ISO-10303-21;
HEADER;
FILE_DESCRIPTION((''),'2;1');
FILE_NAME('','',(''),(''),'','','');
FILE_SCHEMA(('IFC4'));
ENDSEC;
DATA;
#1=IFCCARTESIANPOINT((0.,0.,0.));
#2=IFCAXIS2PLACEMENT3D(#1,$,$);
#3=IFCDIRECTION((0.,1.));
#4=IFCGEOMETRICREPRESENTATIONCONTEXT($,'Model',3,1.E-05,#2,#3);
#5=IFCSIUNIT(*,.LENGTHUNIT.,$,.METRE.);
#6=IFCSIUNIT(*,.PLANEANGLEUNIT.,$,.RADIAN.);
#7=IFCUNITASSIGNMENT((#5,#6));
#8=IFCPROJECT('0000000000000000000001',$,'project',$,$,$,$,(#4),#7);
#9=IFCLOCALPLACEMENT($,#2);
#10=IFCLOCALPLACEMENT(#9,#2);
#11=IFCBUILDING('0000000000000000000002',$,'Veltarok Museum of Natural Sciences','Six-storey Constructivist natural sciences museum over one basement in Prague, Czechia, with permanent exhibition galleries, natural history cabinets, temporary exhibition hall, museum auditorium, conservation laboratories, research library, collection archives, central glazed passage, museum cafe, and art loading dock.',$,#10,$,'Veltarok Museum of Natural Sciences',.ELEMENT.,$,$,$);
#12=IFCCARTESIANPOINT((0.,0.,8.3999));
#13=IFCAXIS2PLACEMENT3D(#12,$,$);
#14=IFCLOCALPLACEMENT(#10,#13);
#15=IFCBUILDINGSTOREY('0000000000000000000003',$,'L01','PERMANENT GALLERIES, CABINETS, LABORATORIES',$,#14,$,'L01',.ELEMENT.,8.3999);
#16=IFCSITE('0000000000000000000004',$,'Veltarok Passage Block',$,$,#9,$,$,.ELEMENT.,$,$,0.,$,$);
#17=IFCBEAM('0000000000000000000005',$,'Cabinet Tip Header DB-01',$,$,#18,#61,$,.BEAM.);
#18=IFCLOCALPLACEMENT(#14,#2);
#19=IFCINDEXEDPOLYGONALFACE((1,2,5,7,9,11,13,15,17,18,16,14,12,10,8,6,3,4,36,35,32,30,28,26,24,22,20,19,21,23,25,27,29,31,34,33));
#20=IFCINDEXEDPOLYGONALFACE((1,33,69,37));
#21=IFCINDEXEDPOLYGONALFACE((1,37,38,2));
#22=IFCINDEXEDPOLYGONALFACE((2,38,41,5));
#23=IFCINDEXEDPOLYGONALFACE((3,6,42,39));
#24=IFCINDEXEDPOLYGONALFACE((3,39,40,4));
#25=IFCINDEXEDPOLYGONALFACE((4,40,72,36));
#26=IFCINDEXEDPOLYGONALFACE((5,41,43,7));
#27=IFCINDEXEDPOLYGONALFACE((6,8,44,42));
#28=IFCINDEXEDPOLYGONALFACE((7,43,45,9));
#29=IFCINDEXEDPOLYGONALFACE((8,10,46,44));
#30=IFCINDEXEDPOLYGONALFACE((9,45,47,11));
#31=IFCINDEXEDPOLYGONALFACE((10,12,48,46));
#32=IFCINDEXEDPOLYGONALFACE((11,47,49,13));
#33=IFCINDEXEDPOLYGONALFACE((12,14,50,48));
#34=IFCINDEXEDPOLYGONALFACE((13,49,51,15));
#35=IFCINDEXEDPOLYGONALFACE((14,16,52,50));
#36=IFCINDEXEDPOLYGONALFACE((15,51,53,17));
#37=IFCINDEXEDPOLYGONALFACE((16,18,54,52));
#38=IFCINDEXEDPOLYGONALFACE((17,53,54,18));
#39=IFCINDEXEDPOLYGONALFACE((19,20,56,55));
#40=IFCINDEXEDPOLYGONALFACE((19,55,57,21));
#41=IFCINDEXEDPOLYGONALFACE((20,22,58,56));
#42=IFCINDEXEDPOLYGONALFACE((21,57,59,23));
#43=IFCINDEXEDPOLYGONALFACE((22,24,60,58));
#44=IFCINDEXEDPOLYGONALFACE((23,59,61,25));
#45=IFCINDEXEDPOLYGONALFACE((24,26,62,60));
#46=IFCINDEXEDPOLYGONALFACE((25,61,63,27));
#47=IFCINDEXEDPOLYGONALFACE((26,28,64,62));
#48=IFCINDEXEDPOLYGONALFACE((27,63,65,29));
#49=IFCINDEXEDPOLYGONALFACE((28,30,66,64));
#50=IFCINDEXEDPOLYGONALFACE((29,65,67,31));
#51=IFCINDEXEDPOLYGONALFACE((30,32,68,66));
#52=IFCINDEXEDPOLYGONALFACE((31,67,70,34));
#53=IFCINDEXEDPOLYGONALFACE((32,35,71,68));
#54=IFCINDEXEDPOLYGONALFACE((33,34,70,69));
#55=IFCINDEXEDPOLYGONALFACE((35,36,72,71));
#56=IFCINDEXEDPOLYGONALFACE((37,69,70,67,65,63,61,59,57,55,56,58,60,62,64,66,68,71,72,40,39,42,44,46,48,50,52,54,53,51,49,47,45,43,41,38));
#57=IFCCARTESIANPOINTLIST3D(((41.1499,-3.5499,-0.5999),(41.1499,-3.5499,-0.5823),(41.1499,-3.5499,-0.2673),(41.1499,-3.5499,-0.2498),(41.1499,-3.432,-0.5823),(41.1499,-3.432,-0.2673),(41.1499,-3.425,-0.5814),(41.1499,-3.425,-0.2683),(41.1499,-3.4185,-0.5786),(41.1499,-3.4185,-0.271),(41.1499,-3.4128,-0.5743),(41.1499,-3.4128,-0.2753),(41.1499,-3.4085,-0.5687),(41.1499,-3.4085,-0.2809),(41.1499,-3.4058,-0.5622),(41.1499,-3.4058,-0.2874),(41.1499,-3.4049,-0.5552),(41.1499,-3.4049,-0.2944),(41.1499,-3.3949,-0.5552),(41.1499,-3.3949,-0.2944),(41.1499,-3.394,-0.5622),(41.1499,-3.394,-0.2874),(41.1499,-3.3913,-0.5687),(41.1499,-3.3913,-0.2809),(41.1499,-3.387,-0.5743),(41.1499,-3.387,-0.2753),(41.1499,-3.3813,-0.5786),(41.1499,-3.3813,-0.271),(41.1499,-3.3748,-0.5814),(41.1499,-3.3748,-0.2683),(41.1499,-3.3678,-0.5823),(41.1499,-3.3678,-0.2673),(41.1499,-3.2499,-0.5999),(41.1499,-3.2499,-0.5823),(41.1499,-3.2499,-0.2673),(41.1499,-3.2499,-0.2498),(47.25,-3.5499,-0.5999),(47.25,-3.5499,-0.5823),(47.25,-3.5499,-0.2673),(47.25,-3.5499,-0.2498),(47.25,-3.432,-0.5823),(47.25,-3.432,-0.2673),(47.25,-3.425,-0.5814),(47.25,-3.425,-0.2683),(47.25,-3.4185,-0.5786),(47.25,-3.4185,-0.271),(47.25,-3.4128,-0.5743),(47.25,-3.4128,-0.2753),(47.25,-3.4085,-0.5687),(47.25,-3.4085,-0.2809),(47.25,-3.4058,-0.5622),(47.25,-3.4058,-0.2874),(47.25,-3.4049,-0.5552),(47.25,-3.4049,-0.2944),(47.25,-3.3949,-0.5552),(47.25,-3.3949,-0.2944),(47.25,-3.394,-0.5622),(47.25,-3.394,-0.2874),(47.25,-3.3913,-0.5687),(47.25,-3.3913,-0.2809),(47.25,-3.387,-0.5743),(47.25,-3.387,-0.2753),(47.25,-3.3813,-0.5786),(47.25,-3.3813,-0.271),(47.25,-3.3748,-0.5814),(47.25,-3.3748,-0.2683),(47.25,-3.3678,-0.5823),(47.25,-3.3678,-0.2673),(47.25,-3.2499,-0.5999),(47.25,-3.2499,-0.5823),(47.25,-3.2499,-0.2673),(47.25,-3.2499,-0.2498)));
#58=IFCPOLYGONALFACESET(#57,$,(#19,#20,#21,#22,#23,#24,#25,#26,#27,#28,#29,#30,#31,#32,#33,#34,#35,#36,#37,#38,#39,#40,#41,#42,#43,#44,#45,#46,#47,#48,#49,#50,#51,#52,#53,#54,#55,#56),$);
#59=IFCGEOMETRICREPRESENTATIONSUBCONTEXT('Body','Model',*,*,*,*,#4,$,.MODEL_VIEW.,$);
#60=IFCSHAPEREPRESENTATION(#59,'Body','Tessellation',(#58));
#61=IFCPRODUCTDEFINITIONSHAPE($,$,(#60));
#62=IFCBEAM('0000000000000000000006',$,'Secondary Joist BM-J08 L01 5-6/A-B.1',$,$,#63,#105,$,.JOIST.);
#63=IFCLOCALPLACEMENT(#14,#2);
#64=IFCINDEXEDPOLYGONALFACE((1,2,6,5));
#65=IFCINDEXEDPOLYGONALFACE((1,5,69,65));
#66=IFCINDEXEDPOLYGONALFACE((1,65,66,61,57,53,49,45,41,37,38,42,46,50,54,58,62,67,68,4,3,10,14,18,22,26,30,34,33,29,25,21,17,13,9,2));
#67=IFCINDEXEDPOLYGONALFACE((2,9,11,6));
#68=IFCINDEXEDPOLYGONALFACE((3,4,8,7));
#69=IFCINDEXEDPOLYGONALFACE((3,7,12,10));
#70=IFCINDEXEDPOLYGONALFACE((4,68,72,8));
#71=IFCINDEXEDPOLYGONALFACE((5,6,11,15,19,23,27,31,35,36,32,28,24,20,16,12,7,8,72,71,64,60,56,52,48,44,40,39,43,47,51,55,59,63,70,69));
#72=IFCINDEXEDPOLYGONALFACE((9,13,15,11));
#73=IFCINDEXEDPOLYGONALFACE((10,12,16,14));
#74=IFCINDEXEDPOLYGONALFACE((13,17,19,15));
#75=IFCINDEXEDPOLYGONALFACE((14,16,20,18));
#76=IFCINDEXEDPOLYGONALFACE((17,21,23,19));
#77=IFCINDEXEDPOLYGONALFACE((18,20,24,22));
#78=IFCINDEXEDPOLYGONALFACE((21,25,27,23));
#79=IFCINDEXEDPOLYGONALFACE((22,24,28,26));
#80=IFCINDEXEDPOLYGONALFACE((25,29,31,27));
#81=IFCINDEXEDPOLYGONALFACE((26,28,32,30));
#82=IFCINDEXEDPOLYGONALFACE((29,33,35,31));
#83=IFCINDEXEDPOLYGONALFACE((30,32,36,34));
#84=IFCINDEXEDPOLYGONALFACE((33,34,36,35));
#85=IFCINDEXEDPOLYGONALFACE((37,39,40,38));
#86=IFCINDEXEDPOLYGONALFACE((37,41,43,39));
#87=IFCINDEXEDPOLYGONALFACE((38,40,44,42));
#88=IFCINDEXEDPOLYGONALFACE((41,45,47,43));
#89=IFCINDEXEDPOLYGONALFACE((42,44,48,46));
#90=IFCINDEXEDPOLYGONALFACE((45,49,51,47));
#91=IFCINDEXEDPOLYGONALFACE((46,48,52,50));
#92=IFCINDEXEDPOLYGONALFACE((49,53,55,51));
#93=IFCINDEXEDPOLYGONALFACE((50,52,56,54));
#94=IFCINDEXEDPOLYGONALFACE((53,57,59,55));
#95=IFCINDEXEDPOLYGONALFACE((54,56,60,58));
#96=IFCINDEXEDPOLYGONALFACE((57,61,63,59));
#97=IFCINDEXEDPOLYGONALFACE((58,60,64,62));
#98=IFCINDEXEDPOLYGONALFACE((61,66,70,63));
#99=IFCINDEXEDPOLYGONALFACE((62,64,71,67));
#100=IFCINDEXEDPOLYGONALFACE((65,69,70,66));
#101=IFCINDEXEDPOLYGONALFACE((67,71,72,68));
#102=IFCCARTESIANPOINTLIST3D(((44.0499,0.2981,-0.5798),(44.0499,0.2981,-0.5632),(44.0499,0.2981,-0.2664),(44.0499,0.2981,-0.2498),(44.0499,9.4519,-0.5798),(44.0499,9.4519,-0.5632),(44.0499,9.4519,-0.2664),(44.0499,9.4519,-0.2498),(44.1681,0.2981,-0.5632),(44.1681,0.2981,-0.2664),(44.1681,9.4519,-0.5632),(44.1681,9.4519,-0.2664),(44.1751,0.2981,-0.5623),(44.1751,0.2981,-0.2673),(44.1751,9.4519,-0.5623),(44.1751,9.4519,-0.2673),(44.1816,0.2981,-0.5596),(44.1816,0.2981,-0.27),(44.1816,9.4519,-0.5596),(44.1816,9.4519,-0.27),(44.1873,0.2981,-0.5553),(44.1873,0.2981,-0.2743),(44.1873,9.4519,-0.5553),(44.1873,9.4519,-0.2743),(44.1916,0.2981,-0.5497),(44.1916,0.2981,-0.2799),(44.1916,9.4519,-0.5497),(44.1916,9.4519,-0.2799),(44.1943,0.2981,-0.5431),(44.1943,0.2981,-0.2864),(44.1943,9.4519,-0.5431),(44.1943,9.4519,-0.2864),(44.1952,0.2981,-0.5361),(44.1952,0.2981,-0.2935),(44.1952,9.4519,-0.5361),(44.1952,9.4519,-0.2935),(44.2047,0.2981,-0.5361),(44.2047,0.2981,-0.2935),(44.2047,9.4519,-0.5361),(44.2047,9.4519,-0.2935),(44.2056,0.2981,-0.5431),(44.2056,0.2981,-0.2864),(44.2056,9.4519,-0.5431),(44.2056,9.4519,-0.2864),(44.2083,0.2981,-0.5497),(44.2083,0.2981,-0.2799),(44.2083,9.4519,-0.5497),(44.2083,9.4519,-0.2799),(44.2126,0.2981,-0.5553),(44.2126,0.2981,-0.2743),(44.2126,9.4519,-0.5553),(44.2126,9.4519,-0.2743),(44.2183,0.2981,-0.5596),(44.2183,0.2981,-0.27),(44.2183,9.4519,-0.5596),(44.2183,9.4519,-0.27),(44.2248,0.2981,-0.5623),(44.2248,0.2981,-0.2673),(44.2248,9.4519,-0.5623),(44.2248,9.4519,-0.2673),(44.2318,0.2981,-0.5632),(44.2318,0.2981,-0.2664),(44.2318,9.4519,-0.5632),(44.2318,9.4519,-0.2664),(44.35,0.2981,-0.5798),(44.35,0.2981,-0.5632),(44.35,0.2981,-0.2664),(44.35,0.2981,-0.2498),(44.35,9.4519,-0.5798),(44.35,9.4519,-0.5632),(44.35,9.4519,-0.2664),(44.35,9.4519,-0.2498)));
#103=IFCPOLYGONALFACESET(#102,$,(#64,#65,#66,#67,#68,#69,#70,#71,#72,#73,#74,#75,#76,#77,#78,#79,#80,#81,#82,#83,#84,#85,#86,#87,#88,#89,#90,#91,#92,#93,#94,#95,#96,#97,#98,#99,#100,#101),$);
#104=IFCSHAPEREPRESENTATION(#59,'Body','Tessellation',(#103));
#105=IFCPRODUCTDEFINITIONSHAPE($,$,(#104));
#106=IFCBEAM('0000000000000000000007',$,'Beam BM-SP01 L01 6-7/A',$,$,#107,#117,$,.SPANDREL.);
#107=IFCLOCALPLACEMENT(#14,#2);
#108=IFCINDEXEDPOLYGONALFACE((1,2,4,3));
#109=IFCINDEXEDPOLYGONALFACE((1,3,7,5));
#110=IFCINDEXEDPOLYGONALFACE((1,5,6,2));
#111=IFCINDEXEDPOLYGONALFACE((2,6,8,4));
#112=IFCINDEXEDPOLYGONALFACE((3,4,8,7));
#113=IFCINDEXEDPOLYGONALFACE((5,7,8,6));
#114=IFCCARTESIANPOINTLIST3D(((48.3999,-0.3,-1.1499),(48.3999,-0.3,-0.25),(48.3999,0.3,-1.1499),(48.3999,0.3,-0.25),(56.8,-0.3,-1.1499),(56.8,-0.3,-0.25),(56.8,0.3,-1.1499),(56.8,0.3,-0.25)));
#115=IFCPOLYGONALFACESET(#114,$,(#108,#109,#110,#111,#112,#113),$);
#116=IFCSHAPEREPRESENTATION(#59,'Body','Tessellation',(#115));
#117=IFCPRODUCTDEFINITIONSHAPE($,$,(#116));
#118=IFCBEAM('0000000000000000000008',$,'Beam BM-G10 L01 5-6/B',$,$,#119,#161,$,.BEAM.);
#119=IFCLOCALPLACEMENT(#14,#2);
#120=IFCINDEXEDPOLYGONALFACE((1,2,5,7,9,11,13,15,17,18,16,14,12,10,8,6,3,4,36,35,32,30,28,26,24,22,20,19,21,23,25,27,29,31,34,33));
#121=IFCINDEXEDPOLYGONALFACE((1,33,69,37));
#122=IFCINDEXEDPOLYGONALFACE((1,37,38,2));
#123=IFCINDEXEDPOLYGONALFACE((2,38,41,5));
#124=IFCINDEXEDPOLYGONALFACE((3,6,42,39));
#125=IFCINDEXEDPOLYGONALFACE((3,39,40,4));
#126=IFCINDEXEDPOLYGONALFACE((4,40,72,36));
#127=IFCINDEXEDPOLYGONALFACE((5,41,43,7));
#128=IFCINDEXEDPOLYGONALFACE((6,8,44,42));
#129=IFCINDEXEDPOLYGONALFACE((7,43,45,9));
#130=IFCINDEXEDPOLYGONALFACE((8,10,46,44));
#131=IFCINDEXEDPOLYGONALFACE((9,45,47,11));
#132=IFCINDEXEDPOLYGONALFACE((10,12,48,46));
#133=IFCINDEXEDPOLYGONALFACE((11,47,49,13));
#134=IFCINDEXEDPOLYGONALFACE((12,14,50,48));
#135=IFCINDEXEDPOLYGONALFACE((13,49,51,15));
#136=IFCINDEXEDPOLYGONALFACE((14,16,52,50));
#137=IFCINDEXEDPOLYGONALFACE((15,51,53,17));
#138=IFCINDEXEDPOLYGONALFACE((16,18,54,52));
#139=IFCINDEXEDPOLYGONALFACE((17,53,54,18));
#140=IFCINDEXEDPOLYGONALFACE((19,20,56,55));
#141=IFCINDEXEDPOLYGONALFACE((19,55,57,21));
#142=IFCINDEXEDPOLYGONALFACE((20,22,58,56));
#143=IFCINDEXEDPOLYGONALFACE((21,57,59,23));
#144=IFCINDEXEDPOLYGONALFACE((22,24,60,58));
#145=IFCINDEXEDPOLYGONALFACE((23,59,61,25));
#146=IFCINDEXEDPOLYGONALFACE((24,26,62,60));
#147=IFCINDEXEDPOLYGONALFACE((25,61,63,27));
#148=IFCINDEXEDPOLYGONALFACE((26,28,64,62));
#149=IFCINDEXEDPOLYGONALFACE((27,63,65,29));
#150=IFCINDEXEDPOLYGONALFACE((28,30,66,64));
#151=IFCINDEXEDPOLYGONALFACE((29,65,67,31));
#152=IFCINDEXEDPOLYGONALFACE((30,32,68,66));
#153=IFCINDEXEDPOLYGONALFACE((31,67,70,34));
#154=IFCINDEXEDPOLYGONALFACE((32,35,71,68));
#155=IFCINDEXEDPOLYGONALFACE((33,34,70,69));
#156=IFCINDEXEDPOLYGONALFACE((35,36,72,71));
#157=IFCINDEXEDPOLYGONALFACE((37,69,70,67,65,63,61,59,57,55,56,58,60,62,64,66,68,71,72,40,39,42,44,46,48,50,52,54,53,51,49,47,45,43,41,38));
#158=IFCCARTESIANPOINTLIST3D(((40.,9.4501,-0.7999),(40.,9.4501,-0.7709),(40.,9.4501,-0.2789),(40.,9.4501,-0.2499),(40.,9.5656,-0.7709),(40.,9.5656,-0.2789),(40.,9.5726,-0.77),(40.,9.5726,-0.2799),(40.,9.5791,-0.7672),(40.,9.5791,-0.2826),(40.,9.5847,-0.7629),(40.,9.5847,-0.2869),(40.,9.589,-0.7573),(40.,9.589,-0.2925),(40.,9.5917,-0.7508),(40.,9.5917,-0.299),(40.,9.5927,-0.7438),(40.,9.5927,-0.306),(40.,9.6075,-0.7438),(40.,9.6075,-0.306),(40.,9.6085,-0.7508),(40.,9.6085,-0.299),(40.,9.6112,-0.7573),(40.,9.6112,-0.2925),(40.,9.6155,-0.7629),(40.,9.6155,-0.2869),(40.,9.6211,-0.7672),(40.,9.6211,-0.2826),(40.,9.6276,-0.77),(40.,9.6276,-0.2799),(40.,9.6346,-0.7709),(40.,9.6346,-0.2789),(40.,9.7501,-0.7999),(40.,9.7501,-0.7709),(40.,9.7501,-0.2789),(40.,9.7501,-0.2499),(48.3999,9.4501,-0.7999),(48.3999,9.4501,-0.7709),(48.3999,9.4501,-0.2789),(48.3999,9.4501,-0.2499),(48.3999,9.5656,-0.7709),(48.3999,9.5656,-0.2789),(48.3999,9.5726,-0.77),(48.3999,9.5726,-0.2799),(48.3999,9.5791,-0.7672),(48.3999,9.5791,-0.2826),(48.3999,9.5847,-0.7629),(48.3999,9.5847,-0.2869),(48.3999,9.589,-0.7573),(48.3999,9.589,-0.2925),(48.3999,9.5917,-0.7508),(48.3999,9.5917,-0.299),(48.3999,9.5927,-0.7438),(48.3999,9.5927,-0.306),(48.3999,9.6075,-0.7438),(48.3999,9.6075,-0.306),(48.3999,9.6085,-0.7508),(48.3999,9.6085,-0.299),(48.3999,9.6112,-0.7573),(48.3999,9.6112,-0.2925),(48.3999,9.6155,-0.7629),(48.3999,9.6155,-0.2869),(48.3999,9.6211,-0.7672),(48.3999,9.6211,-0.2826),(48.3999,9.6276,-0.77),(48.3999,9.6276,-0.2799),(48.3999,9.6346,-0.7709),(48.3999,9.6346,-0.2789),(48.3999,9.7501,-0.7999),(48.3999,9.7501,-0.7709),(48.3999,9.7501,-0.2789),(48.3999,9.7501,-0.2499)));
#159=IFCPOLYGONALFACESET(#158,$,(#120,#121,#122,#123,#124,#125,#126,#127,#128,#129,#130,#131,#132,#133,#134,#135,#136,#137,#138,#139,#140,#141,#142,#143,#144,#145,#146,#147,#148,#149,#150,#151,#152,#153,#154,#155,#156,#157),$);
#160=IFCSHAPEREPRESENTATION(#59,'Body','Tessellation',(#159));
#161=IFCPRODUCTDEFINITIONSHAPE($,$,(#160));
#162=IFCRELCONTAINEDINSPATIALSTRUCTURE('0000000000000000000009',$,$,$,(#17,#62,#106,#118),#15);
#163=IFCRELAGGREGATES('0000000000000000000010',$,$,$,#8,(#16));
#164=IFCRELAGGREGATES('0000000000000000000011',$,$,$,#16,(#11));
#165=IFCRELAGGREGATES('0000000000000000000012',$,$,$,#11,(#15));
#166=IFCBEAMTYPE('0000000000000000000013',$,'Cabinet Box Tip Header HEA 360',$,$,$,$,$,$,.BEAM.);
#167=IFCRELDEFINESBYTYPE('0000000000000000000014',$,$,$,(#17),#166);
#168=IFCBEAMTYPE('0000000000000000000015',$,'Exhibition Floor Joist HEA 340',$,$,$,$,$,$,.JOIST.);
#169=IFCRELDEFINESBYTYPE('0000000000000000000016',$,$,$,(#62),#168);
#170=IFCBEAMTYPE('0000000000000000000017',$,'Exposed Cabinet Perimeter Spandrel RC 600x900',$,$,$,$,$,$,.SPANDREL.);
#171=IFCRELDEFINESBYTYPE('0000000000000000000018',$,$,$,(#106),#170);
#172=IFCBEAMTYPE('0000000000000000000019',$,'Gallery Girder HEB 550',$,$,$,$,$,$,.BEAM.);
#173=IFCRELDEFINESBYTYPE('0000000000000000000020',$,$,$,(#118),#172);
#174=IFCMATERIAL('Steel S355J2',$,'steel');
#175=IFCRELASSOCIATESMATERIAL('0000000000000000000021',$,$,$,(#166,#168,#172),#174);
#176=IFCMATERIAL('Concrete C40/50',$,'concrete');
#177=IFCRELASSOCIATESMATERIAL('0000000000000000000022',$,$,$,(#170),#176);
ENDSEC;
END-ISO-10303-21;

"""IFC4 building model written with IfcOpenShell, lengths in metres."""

from ifc_helpers import new_model, si_unit, direction, frame, origin, origin_2d, place, context, subcontext, project, spatial, rectangle, i_section, extrude, material, material_profile, profile_set, type_object, element, save


model = new_model("IFC4")

# Units and contexts
model_context = context("Model", 3, precision=1e-05, world=origin(), true_north=direction((0.0, 1.0)))
body_context = subcontext(model_context, "Body", "Model", "MODEL_VIEW")
ifc_project = project(units=[si_unit("LENGTHUNIT", "METRE"), si_unit("PLANEANGLEUNIT", "RADIAN")], contexts=[model_context])

# Site, building, storey
site_placement = place(None, origin())
site = spatial("IfcSite", under=ifc_project, at=site_placement, Name="Veltarok Passage Block", CompositionType="ELEMENT", RefElevation=0.0)
building_placement = place(site_placement, origin())
building = spatial("IfcBuilding", under=site, at=building_placement, Name="Veltarok Museum of Natural Sciences", Description="Six-storey Constructivist natural sciences museum over one basement in Prague, Czechia, with permanent exhibition galleries, natural history cabinets, temporary exhibition hall, museum auditorium, conservation laboratories, research library, collection archives, central glazed passage, museum cafe, and art loading dock.", LongName="Veltarok Museum of Natural Sciences", CompositionType="ELEMENT")
storey_placement = place(building_placement, frame((0.0, 0.0, 8.3999)))
storey = spatial("IfcBuildingStorey", under=building, at=storey_placement, Name="L01", Description="PERMANENT GALLERIES, CABINETS, LABORATORIES", LongName="L01", CompositionType="ELEMENT", Elevation=8.3999)

# Shared definitions
ifc_material_1 = material(Name="Concrete C40/50", Category="concrete")
ifc_material_2 = material(Name="Steel S355J2", Category="steel")

# Beams
ifc_material_profile_1 = material_profile(ifc_material_2, i_section(OverallWidth=0.3, OverallDepth=0.3501, WebThickness=0.01, FlangeThickness=0.0176, FilletRadius=0.0271, at=origin_2d()), Name="HEA 360")
ifc_profile_set_1 = profile_set([ifc_material_profile_1], Name="Steel S355J2")
beam_type_1 = type_object("IfcBeamType", Name="Cabinet Box Tip Header HEA 360", PredefinedType="BEAM", material=ifc_profile_set_1)
beam_1_placement = place(storey_placement, frame((41.1499, -3.3999, -0.4248), z_axis=(1.0, 0.0, 0.0), x_axis=(0.0, 1.0, 0.0)))
element("IfcBeam", 1, at=beam_1_placement, inside=storey, type_object=beam_type_1, Name="Cabinet Tip Header DB-01", PredefinedType="BEAM", context=body_context, shape_type="SweptSolid", body=[
    extrude(i_section(OverallWidth=0.3, OverallDepth=0.3501, WebThickness=0.01, FlangeThickness=0.0176, FilletRadius=0.0271, at=origin_2d()), origin(), (0.0, 0.0, 1.0), 6.1001),
])
ifc_material_profile_2 = material_profile(ifc_material_2, i_section(OverallWidth=0.3, OverallDepth=0.3301, WebThickness=0.0095, FlangeThickness=0.0166, FilletRadius=0.0271, at=origin_2d()), Name="HEA 340")
ifc_profile_set_2 = profile_set([ifc_material_profile_2], Name="Steel S355J2")
beam_type_2 = type_object("IfcBeamType", Name="Exhibition Floor Joist HEA 340", PredefinedType="JOIST", material=ifc_profile_set_2)
beam_2_placement = place(storey_placement, frame((44.2, 0.2981, -0.4148), z_axis=(0.0, 1.0, 0.0), x_axis=(-1.0, 0.0, 0.0)))
element("IfcBeam", 2, at=beam_2_placement, inside=storey, type_object=beam_type_2, Name="Secondary Joist BM-J08 L01 5-6/A-B.1", PredefinedType="JOIST", context=body_context, shape_type="SweptSolid", body=[
    extrude(i_section(OverallWidth=0.3, OverallDepth=0.3301, WebThickness=0.0095, FlangeThickness=0.0166, FilletRadius=0.0271, at=origin_2d()), origin(), (0.0, 0.0, 1.0), 9.1538),
])
ifc_material_profile_3 = material_profile(ifc_material_1, rectangle(XDim=0.6001, YDim=0.8999, at=origin_2d()), Name="RC 600x900")
ifc_profile_set_3 = profile_set([ifc_material_profile_3], Name="Concrete C40/50")
beam_type_3 = type_object("IfcBeamType", Name="Exposed Cabinet Perimeter Spandrel RC 600x900", PredefinedType="SPANDREL", material=ifc_profile_set_3)
beam_3_placement = place(storey_placement, frame((48.3999, 0.0, -0.7), z_axis=(1.0, 0.0, 0.0), x_axis=(0.0, 1.0, 0.0)))
element("IfcBeam", 3, at=beam_3_placement, inside=storey, type_object=beam_type_3, Name="Beam BM-SP01 L01 6-7/A", PredefinedType="SPANDREL", context=body_context, shape_type="SweptSolid", body=[
    extrude(rectangle(XDim=0.6001, YDim=0.8999, at=origin_2d()), origin(), (0.0, 0.0, 1.0), 8.4001),
])
ifc_material_profile_4 = material_profile(ifc_material_2, i_section(OverallWidth=0.3, OverallDepth=0.55, WebThickness=0.0149, FlangeThickness=0.0291, FilletRadius=0.0271, at=origin_2d()), Name="HEB 550")
ifc_profile_set_4 = profile_set([ifc_material_profile_4], Name="Steel S355J2")
beam_type_4 = type_object("IfcBeamType", Name="Gallery Girder HEB 550", PredefinedType="BEAM", material=ifc_profile_set_4)
beam_4_placement = place(storey_placement, frame((40.0, 9.6001, -0.5249), z_axis=(1.0, 0.0, 0.0), x_axis=(0.0, 1.0, 0.0)))
element("IfcBeam", 4, at=beam_4_placement, inside=storey, type_object=beam_type_4, Name="Beam BM-G10 L01 5-6/B", PredefinedType="BEAM", context=body_context, shape_type="SweptSolid", body=[
    extrude(i_section(OverallWidth=0.3, OverallDepth=0.55, WebThickness=0.0149, FlangeThickness=0.0291, FilletRadius=0.0271, at=origin_2d()), origin(), (0.0, 0.0, 1.0), 8.3999),
])

save(model, "model.ifc")
